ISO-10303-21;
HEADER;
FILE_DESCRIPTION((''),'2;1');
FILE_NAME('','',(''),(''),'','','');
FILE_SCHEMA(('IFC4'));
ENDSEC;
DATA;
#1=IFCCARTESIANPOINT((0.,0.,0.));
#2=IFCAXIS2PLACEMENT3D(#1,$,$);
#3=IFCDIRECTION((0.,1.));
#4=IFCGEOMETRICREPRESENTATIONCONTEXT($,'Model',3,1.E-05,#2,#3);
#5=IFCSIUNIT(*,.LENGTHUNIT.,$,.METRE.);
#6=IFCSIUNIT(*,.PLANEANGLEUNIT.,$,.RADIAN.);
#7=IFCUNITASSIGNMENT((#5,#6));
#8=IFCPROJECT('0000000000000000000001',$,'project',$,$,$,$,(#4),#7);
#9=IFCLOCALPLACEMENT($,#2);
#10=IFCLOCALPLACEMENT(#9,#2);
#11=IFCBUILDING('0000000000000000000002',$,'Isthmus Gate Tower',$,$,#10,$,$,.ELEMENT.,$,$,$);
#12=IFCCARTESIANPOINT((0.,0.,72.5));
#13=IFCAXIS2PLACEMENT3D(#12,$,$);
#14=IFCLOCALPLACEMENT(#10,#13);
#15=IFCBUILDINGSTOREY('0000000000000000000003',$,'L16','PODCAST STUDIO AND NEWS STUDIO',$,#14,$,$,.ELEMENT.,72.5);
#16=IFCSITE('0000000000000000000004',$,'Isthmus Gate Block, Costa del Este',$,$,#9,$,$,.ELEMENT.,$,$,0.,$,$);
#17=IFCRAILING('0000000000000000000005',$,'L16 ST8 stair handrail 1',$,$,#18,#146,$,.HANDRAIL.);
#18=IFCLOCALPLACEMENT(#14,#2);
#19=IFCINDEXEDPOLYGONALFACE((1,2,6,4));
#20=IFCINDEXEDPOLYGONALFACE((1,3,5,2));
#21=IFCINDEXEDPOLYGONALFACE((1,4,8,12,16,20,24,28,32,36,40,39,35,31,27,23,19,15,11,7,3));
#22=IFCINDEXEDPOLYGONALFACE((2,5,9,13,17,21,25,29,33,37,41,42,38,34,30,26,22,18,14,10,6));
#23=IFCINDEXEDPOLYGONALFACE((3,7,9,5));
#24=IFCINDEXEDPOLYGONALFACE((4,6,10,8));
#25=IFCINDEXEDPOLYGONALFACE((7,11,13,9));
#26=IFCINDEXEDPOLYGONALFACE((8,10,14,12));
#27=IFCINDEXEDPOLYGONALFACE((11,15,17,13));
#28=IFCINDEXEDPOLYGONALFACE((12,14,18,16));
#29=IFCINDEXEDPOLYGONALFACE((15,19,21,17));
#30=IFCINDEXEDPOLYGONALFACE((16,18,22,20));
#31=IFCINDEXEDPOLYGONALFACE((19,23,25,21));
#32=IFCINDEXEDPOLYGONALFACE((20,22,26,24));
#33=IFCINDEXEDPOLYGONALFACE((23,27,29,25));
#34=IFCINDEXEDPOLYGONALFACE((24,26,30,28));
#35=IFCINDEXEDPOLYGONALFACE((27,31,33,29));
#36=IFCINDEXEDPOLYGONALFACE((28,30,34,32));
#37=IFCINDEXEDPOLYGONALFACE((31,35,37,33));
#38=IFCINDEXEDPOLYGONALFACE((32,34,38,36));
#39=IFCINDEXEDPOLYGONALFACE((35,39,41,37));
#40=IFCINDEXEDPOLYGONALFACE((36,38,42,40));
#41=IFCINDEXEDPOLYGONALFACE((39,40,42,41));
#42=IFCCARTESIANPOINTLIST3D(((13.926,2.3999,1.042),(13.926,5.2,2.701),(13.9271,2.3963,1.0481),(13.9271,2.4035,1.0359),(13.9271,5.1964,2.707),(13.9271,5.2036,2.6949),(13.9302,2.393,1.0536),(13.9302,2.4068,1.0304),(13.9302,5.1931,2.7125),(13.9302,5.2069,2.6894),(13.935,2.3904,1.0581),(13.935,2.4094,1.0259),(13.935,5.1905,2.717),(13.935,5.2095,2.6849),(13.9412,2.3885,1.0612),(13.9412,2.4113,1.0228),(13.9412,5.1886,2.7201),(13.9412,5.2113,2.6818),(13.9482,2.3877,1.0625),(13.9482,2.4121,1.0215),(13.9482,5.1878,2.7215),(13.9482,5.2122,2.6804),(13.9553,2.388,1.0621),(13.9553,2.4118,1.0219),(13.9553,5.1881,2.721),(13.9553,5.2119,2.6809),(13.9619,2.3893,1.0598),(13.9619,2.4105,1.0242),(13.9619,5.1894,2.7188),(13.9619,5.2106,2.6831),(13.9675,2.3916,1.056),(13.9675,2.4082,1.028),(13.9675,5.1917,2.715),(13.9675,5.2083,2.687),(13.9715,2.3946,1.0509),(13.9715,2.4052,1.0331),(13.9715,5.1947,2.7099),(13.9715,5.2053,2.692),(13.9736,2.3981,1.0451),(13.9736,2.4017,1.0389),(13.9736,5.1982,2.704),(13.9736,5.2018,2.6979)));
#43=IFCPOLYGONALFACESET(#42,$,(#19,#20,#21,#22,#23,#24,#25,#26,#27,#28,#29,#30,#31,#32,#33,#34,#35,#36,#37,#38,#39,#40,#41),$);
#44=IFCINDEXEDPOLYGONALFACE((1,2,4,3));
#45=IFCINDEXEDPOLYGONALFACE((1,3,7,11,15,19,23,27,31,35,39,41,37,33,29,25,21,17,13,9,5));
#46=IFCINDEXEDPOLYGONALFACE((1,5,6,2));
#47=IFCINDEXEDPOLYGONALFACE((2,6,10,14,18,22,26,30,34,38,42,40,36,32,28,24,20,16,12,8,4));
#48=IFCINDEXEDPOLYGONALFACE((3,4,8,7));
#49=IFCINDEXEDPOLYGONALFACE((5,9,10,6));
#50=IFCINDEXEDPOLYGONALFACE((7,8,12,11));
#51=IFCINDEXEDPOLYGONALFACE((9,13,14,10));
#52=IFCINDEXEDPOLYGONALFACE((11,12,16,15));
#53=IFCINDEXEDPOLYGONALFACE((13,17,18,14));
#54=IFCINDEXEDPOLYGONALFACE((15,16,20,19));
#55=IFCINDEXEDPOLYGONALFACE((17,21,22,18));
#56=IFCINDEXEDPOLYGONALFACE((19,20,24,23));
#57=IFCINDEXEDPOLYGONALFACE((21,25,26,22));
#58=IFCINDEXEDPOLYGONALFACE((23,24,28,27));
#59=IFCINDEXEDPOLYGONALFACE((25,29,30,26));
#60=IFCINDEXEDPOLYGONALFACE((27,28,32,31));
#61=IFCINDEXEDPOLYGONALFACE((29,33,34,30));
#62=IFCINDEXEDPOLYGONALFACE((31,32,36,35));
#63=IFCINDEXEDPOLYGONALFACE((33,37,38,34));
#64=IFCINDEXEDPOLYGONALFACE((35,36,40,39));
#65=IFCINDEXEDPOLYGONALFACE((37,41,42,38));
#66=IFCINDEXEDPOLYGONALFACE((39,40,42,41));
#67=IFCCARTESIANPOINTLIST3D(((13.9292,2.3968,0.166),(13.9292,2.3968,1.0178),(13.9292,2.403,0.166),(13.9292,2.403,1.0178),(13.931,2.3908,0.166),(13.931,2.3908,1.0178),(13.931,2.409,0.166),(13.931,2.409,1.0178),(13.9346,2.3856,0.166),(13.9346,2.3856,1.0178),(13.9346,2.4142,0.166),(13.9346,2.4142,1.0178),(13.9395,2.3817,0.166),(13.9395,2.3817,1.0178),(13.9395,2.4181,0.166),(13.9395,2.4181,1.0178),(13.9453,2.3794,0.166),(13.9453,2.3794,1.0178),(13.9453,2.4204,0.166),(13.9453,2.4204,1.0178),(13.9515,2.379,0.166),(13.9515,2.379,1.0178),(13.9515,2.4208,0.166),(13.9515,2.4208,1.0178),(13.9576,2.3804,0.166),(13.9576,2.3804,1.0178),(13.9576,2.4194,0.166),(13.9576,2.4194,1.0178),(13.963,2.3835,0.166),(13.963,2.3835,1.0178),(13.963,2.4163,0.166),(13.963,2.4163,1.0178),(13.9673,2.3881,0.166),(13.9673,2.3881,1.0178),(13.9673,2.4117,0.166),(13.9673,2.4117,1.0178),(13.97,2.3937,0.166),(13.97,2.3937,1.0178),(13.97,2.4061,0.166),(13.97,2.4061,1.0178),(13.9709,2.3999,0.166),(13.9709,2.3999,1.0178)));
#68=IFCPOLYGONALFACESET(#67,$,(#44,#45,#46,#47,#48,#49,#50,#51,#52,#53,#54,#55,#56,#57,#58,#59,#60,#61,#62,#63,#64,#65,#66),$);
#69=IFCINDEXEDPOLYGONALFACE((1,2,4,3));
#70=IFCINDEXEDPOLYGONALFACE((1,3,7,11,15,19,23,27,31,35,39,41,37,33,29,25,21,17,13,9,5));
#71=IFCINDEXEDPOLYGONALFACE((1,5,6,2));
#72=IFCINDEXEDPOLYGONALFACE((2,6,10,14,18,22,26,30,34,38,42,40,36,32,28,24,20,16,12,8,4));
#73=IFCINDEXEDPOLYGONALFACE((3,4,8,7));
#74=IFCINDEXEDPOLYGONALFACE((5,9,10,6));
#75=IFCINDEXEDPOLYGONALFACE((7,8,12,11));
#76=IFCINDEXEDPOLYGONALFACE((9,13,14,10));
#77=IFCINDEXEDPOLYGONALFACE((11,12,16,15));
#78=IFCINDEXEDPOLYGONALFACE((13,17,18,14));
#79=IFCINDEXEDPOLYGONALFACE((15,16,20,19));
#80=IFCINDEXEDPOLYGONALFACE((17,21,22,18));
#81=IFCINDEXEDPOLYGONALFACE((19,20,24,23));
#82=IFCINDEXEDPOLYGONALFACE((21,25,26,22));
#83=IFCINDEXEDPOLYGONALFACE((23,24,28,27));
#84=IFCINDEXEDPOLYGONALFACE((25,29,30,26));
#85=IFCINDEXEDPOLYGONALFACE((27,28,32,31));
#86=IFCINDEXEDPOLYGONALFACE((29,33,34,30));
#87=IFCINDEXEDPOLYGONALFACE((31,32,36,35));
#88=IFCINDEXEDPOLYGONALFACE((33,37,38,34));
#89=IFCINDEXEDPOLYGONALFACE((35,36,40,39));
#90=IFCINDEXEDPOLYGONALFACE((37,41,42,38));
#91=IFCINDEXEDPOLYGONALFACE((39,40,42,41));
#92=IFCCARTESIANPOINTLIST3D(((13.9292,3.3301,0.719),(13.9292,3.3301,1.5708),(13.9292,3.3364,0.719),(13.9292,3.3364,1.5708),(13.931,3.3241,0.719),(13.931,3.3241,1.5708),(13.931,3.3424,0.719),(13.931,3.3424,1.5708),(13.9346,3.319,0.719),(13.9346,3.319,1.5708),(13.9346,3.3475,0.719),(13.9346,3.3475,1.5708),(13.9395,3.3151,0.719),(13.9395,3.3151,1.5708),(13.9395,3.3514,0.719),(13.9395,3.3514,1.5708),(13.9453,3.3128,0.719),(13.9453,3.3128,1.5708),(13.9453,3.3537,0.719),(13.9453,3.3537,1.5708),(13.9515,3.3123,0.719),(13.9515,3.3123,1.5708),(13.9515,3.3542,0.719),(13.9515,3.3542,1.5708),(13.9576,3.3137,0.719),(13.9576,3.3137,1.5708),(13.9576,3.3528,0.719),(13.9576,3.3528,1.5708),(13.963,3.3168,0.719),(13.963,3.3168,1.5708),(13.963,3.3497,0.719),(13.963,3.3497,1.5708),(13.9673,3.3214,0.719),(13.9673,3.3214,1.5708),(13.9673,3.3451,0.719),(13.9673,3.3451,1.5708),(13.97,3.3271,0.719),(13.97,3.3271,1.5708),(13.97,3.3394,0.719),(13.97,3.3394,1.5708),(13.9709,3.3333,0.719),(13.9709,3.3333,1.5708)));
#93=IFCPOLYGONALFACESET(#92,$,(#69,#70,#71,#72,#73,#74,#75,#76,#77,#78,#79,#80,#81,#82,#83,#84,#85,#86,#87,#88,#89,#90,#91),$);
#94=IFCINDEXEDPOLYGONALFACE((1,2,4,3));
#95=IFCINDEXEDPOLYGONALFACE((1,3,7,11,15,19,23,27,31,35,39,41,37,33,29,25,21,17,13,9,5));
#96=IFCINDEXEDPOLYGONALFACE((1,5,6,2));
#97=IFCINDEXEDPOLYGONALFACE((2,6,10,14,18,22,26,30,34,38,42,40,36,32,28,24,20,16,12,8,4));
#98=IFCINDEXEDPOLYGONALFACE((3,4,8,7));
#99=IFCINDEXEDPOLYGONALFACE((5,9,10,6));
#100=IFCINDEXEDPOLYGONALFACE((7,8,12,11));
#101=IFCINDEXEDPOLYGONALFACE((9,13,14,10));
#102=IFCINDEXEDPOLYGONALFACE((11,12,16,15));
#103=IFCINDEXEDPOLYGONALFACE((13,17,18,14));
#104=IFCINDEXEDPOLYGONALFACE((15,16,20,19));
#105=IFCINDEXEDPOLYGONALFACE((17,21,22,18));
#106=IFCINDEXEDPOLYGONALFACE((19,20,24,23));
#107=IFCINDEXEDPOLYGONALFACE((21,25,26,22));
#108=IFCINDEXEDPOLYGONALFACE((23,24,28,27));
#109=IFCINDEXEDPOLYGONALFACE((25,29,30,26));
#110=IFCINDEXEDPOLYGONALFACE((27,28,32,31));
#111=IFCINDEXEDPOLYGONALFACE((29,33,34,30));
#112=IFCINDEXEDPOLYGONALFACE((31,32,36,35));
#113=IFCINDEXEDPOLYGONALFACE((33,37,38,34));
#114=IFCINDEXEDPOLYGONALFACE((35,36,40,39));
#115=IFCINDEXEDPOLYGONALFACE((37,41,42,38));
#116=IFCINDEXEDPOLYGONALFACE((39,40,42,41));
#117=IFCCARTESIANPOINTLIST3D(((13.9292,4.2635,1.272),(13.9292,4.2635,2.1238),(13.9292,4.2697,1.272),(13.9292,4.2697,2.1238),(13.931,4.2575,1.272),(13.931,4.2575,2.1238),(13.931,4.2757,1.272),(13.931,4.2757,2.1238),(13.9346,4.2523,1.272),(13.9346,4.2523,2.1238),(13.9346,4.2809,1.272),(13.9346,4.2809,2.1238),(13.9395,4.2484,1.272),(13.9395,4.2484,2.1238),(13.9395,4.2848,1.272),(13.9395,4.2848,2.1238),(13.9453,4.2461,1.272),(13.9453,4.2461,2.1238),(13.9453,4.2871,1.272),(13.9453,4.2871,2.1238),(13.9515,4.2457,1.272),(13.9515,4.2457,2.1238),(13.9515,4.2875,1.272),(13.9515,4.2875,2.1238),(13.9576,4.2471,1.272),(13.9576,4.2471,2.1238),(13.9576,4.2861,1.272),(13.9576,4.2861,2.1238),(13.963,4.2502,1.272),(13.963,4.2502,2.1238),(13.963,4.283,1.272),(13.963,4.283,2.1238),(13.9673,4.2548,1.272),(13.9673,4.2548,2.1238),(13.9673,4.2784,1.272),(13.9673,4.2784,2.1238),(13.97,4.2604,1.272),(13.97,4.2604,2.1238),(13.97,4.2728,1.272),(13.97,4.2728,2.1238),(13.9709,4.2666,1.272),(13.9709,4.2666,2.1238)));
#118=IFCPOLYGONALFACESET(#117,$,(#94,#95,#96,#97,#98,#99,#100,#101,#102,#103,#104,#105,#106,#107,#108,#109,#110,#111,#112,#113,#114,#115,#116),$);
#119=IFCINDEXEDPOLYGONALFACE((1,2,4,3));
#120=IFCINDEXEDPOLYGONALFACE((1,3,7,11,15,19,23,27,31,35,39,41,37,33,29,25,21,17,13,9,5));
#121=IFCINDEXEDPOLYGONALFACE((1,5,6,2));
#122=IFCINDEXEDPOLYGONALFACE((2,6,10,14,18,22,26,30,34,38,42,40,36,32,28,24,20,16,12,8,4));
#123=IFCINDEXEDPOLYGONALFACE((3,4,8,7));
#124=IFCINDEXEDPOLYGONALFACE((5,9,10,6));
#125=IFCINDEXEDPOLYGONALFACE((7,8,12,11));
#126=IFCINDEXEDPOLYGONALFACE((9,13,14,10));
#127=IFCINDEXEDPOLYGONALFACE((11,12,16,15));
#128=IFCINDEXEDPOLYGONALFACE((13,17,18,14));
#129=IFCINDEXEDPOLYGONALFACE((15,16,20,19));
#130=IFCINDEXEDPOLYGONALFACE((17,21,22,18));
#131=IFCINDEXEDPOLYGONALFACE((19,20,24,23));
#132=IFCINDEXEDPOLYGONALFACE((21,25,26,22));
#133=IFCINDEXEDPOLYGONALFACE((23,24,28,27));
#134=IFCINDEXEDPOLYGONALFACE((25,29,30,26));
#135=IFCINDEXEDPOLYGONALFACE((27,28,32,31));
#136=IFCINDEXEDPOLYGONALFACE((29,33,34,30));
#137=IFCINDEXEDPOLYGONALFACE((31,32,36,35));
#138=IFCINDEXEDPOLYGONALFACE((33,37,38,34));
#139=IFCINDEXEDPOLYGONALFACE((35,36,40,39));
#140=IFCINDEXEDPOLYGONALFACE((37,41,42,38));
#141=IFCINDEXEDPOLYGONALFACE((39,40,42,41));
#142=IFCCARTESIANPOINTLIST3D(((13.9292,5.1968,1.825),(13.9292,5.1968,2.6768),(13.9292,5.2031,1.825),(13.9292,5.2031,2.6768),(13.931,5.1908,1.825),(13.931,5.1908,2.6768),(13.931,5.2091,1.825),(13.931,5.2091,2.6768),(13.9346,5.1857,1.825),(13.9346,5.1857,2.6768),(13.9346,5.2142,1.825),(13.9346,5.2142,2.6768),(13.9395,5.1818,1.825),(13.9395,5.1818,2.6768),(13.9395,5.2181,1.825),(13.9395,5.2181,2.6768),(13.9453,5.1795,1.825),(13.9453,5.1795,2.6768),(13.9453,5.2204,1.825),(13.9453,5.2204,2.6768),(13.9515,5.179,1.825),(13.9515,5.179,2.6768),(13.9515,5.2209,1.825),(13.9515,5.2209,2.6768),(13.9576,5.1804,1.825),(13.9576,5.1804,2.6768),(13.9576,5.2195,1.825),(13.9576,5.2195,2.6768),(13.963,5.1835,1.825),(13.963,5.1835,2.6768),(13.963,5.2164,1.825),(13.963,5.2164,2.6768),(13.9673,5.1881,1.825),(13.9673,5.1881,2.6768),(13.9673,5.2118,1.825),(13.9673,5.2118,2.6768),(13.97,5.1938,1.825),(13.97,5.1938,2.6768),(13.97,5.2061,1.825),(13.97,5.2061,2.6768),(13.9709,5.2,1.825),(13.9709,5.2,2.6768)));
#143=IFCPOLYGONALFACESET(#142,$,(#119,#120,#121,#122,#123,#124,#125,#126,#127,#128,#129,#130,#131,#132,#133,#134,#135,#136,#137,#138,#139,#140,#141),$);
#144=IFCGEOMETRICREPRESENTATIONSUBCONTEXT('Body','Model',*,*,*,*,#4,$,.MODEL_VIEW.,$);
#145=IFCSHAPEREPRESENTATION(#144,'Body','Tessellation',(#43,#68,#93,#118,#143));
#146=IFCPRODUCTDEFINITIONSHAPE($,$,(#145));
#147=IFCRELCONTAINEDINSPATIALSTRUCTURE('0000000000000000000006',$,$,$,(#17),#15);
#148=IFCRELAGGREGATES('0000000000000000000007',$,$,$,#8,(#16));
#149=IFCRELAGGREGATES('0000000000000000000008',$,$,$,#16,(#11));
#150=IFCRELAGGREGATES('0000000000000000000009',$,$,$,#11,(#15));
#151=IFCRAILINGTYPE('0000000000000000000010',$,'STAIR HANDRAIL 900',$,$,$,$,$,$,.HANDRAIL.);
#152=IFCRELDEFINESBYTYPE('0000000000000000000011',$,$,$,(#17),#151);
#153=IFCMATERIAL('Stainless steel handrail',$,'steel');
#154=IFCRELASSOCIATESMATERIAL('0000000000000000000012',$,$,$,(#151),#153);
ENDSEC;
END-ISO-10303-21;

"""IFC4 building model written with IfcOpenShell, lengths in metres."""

from ifc_helpers import new_model, si_unit, direction, frame, origin, origin_2d, place, context, subcontext, project, spatial, circle, extrude, material, type_object, element, save


model = new_model("IFC4")

# Units and contexts
model_context = context("Model", 3, precision=1e-05, world=origin(), true_north=direction((0.0, 1.0)))
body_context = subcontext(model_context, "Body", "Model", "MODEL_VIEW")
ifc_project = project(units=[si_unit("LENGTHUNIT", "METRE"), si_unit("PLANEANGLEUNIT", "RADIAN")], contexts=[model_context])

# Site, building, storey
site_placement = place(None, origin())
site = spatial("IfcSite", under=ifc_project, at=site_placement, Name="Isthmus Gate Block, Costa del Este", CompositionType="ELEMENT", RefElevation=0.0)
building_placement = place(site_placement, origin())
building = spatial("IfcBuilding", under=site, at=building_placement, Name="Isthmus Gate Tower", CompositionType="ELEMENT")
storey_placement = place(building_placement, frame((0.0, 0.0, 72.5)))
storey = spatial("IfcBuildingStorey", under=building, at=storey_placement, Name="L16", Description="PODCAST STUDIO AND NEWS STUDIO", CompositionType="ELEMENT", Elevation=72.5)

# Railing
ifc_material_1 = material(Name="Stainless steel handrail", Category="steel")
railing_type_1 = type_object("IfcRailingType", Name="STAIR HANDRAIL 900", PredefinedType="HANDRAIL", material=ifc_material_1)
railing_1_placement = place(storey_placement, frame((13.95, 2.3999, 0.166)))
element("IfcRailing", 1, at=railing_1_placement, inside=storey, type_object=railing_type_1, Name="L16 ST8 stair handrail 1", PredefinedType="HANDRAIL", context=body_context, shape_type="SweptSolid", body=[
    extrude(circle(Radius=0.0239, at=origin_2d()), frame((0.0, 0.0, 0.876), z_axis=(0.0, 0.860339, 0.509722), x_axis=(-1.0, 0.0, 0.0)), (0.0, 0.0, 1.0), 3.2546),
    extrude(circle(Radius=0.021, at=origin_2d()), origin(), (0.0, 0.0, 1.0), 0.8518),
    extrude(circle(Radius=0.021, at=origin_2d()), frame((0.0, 0.9333, 0.553)), (0.0, 0.0, 1.0), 0.8518),
    extrude(circle(Radius=0.021, at=origin_2d()), frame((0.0, 1.8667, 1.106)), (0.0, 0.0, 1.0), 0.8518),
    extrude(circle(Radius=0.021, at=origin_2d()), frame((0.0, 2.8, 1.6589)), (0.0, 0.0, 1.0), 0.8518),
])

save(model, "model.ifc")
